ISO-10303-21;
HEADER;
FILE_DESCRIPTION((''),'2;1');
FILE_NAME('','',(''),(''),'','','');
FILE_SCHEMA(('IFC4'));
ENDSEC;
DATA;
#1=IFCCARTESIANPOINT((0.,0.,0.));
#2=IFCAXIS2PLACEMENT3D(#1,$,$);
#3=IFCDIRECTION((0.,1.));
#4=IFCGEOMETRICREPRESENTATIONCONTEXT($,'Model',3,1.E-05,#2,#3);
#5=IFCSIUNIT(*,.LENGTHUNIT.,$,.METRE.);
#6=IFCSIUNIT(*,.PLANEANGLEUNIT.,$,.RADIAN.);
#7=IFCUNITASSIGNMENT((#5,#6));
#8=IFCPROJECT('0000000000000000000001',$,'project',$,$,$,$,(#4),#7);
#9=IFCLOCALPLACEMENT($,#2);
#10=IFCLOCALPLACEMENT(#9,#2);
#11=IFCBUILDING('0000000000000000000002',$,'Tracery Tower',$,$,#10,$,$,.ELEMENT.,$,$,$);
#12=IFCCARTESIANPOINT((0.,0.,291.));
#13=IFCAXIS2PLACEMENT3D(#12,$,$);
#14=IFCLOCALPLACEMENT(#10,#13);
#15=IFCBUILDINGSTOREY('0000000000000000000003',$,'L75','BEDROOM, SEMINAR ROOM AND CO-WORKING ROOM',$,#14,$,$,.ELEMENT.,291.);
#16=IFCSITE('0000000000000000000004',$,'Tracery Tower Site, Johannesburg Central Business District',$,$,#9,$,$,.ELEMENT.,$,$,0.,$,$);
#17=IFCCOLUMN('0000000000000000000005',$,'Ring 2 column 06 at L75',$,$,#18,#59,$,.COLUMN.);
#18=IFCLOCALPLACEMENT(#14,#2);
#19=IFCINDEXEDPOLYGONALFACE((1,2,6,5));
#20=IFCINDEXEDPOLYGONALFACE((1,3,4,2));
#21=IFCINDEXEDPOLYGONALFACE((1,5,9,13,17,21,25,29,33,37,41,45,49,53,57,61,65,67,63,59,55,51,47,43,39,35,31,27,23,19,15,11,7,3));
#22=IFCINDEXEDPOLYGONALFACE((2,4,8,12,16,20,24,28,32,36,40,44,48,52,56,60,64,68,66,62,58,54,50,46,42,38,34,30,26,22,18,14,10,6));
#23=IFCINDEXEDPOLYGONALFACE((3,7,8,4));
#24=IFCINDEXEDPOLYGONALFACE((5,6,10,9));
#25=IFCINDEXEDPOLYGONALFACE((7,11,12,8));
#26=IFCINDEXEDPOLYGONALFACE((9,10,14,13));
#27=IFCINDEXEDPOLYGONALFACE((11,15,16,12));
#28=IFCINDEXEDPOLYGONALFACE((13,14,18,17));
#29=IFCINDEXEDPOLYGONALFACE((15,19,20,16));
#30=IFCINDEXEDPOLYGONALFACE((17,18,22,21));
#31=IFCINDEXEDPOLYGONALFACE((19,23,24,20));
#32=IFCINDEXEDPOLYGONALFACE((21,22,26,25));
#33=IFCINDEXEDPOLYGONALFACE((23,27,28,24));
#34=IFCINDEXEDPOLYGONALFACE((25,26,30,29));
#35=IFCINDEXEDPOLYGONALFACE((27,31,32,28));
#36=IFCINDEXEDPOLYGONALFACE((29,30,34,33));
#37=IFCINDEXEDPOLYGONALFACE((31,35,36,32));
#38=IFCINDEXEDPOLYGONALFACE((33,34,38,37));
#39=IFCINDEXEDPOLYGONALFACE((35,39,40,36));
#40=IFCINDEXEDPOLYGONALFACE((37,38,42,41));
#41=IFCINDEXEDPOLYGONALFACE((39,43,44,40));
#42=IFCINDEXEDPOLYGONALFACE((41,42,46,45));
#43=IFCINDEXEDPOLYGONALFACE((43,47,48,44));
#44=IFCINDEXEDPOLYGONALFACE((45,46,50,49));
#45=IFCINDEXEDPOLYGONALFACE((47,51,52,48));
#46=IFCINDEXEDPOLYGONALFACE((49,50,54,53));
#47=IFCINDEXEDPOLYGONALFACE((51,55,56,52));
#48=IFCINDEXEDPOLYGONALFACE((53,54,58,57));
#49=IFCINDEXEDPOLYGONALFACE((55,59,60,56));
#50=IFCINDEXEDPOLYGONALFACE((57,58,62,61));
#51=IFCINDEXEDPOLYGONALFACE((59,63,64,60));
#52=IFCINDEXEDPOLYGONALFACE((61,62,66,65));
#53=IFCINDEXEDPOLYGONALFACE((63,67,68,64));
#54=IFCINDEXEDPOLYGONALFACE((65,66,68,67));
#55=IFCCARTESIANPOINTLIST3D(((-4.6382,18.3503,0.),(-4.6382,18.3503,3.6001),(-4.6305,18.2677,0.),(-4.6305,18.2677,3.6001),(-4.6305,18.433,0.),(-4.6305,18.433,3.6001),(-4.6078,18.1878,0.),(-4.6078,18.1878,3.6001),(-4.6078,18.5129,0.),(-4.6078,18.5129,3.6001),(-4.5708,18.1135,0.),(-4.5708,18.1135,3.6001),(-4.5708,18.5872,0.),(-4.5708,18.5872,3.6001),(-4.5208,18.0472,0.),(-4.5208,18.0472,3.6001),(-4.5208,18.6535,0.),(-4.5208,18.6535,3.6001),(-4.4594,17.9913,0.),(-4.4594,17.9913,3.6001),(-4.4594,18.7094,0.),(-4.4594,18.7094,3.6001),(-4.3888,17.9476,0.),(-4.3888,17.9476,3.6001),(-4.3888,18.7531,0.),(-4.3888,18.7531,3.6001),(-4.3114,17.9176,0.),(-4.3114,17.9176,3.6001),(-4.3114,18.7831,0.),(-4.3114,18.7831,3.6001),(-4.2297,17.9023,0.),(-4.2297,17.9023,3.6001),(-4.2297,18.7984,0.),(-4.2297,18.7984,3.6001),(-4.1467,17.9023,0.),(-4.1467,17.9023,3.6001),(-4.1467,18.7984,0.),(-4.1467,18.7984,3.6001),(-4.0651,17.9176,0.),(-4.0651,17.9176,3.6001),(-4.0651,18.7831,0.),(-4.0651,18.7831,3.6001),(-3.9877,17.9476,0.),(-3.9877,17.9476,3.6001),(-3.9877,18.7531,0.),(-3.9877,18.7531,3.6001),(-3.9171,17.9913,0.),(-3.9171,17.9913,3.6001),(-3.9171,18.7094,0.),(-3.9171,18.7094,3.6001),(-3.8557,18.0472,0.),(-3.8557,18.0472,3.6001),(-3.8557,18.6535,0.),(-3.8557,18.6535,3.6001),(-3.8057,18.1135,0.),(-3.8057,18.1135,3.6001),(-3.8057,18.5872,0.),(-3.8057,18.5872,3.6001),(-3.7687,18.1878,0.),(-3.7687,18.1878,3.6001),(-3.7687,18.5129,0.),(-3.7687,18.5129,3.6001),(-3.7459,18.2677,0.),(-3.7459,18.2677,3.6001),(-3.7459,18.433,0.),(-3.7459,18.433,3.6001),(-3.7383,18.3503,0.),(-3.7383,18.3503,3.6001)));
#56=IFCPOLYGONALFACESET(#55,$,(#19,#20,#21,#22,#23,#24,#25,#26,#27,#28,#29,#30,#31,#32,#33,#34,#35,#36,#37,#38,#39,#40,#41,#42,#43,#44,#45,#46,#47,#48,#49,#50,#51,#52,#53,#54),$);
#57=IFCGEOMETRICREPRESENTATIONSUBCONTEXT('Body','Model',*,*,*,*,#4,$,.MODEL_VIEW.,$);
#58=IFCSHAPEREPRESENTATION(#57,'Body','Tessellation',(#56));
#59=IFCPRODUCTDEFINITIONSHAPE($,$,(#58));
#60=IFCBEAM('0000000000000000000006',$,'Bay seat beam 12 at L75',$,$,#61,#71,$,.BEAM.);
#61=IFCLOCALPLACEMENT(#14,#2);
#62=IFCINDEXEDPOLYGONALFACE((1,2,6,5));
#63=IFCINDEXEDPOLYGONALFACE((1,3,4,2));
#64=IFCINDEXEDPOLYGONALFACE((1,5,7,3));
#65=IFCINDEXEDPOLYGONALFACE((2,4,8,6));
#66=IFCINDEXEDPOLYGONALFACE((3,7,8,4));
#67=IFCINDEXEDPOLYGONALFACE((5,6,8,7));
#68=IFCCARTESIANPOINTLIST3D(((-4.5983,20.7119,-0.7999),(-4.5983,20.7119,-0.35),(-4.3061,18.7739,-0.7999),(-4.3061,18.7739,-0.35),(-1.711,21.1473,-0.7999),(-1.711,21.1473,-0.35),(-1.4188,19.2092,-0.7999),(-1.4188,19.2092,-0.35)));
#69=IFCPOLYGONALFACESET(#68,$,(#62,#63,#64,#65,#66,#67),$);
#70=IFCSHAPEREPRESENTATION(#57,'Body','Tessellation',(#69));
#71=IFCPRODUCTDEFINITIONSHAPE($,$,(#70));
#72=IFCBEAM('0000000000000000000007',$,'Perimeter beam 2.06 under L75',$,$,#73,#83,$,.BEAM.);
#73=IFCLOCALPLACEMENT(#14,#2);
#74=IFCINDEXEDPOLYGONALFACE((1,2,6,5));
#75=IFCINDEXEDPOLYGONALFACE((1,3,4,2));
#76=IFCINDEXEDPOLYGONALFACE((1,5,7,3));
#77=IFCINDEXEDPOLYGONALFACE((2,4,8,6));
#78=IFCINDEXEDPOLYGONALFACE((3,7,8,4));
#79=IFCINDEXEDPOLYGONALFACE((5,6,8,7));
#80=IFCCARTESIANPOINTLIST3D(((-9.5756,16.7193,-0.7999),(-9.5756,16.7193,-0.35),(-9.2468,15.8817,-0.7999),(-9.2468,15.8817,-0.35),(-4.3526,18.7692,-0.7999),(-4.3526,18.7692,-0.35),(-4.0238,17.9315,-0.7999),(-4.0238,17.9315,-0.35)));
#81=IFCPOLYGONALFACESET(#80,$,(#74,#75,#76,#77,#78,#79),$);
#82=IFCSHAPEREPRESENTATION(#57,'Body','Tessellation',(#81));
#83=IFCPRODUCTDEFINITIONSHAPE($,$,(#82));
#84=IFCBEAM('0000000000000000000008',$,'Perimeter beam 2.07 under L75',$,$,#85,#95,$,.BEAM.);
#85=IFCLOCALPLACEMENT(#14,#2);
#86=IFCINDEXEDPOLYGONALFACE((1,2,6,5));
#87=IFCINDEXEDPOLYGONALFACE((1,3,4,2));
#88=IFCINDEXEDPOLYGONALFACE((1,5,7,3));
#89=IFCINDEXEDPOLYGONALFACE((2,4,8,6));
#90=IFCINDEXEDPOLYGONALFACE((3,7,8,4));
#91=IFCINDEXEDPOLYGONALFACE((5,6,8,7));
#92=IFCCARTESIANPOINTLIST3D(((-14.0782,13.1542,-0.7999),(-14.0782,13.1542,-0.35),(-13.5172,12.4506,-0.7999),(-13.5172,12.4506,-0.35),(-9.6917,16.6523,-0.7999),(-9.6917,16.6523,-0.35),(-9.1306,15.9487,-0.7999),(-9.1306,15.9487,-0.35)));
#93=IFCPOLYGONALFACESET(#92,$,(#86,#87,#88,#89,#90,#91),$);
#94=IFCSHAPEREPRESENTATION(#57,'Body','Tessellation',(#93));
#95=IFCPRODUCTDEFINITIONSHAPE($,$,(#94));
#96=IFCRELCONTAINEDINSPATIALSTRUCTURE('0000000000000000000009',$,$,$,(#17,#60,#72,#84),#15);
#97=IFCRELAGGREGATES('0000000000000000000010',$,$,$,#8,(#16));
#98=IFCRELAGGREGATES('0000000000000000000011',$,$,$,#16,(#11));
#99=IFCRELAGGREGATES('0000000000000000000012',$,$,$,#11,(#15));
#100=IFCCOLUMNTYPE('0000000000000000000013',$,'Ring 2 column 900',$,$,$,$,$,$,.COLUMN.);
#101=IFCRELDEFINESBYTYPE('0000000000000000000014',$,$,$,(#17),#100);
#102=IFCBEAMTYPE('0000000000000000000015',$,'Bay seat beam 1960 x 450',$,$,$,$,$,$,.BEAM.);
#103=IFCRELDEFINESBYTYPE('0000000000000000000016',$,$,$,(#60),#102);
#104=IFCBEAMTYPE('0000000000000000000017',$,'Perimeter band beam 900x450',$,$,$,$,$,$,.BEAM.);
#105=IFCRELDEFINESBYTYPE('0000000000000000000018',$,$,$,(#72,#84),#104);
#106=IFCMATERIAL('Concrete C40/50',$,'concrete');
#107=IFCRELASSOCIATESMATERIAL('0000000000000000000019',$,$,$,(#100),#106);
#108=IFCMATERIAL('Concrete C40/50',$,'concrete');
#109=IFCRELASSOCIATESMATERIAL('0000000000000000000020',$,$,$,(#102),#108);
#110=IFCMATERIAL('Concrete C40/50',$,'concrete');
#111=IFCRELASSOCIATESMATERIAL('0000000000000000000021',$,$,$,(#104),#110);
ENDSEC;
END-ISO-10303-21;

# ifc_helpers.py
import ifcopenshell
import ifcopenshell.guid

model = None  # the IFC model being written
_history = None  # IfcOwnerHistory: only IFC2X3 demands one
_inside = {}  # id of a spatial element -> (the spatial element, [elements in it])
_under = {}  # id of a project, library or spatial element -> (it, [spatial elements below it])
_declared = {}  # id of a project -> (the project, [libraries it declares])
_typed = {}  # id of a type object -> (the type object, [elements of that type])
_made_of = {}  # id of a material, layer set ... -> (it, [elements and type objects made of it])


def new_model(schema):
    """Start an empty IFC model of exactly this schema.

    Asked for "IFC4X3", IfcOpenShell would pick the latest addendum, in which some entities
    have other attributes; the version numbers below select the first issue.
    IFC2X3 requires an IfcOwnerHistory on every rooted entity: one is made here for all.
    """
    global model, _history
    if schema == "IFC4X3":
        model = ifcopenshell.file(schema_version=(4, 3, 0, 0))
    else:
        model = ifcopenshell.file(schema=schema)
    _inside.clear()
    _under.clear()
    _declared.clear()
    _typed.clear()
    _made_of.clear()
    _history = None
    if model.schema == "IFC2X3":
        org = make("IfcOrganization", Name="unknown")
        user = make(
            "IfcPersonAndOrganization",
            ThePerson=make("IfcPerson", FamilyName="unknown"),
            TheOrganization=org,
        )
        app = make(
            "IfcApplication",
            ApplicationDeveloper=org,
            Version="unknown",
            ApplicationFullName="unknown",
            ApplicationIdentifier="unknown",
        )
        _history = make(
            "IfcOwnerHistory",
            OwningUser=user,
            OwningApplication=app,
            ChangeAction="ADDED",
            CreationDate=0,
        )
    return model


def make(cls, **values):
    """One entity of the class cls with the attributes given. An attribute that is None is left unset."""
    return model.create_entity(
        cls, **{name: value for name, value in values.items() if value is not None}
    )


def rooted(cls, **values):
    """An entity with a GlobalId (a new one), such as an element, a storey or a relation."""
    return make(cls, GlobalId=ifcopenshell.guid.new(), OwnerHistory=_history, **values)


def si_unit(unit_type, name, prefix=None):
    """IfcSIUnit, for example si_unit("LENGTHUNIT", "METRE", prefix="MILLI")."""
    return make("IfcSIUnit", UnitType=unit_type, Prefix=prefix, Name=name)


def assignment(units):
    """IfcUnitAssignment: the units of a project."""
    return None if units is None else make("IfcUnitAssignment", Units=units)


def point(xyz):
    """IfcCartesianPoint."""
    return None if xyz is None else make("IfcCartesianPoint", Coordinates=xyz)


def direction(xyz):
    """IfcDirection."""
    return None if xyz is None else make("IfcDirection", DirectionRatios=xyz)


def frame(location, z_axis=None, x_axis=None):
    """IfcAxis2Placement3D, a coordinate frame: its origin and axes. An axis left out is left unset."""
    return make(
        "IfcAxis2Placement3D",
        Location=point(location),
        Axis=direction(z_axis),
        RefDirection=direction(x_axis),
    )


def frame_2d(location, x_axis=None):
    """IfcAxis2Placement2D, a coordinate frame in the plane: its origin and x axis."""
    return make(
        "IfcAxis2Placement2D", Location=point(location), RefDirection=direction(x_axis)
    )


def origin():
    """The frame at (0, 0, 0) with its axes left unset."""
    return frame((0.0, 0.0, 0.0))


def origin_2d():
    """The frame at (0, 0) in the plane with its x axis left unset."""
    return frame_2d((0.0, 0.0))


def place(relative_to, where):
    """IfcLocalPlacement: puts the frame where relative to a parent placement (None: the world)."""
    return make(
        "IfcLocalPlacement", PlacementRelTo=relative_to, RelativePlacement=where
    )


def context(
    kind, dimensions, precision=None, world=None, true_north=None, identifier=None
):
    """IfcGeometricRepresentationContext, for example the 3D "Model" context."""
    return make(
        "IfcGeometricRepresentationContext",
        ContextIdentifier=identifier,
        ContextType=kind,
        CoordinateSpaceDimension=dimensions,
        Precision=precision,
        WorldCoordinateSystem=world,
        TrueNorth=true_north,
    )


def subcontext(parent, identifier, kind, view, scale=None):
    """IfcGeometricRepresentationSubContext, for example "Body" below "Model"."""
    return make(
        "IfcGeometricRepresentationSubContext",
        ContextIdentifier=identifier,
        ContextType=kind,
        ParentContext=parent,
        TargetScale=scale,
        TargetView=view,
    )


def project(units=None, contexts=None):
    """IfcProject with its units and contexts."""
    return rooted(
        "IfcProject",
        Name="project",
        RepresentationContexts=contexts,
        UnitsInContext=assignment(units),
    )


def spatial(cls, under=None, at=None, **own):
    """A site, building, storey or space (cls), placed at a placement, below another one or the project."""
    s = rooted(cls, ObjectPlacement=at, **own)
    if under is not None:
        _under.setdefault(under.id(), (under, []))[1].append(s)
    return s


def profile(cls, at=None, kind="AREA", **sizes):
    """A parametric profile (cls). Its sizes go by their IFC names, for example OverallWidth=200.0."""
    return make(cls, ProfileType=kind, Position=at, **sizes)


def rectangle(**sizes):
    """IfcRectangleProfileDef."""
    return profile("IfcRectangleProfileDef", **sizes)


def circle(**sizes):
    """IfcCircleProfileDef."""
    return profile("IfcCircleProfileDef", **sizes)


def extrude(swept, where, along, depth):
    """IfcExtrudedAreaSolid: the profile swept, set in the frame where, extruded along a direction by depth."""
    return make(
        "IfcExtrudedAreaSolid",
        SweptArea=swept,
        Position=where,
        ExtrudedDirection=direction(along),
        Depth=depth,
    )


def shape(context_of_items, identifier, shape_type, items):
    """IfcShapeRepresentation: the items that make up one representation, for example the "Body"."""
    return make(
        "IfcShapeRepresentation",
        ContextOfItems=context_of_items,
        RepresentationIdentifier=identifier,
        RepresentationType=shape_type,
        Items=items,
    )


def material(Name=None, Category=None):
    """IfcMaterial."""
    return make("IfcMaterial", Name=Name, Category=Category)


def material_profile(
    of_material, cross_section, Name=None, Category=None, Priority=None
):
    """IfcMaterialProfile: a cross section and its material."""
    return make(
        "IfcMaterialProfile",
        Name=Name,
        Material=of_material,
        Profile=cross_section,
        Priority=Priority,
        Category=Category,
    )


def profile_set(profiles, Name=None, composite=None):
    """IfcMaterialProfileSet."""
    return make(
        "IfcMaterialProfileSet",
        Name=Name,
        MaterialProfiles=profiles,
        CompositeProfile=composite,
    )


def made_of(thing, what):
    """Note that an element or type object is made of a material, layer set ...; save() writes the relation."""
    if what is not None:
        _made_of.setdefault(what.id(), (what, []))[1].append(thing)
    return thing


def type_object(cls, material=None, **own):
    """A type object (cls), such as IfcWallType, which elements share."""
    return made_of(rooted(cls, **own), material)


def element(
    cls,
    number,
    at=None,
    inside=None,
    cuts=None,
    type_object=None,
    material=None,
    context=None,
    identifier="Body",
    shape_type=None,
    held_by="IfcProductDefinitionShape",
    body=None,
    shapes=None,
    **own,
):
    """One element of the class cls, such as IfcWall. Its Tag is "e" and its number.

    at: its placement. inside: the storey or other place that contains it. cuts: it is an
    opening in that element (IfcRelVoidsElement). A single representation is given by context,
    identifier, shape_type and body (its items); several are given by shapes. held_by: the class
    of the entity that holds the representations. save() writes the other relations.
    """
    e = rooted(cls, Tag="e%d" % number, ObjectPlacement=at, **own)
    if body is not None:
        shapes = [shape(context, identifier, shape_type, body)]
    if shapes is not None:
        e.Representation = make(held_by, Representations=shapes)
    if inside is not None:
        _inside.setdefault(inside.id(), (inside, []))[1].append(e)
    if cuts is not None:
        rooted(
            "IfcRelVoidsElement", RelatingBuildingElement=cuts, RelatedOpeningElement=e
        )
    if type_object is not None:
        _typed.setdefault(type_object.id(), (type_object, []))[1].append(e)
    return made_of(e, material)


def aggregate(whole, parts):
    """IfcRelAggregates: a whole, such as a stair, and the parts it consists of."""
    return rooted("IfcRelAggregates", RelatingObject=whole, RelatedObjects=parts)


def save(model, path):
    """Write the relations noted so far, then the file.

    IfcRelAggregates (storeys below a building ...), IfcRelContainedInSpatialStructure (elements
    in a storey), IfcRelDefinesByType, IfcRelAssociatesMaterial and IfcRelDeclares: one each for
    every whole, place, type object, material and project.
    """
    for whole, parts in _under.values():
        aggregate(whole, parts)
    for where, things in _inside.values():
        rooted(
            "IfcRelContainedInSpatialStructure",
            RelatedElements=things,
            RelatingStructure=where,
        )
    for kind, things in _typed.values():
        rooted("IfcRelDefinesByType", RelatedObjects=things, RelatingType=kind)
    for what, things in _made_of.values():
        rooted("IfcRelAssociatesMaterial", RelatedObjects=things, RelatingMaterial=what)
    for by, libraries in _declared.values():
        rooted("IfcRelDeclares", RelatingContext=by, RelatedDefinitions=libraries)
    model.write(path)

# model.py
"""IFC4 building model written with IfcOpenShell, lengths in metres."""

from ifc_helpers import new_model, si_unit, direction, frame, origin, origin_2d, place, context, subcontext, project, spatial, rectangle, circle, extrude, material, material_profile, profile_set, type_object, element, save


model = new_model("IFC4")

# Units and contexts
model_context = context("Model", 3, precision=1e-05, world=origin(), true_north=direction((0.0, 1.0)))
body_context = subcontext(model_context, "Body", "Model", "MODEL_VIEW")
ifc_project = project(units=[si_unit("LENGTHUNIT", "METRE"), si_unit("PLANEANGLEUNIT", "RADIAN")], contexts=[model_context])

# Site, building, storey
site_placement = place(None, origin())
site = spatial("IfcSite", under=ifc_project, at=site_placement, Name="Tracery Tower Site, Johannesburg Central Business District", CompositionType="ELEMENT", RefElevation=0.0)
building_placement = place(site_placement, origin())
building = spatial("IfcBuilding", under=site, at=building_placement, Name="Tracery Tower", CompositionType="ELEMENT")
storey_placement = place(building_placement, frame((0.0, 0.0, 291.0)))
storey = spatial("IfcBuildingStorey", under=building, at=storey_placement, Name="L75", Description="BEDROOM, SEMINAR ROOM AND CO-WORKING ROOM", CompositionType="ELEMENT", Elevation=291.0)

# Column
ifc_material_1 = material(Name="Concrete C40/50", Category="concrete")
ifc_material_profile_1 = material_profile(ifc_material_1, circle(Radius=0.45, at=origin_2d()), Name="RC D900")
ifc_profile_set_1 = profile_set([ifc_material_profile_1], Name="Concrete C40/50")
column_type = type_object("IfcColumnType", Name="Ring 2 column 900", PredefinedType="COLUMN", material=ifc_profile_set_1)
column_placement = place(storey_placement, frame((-4.1882, 18.3503, 0.0), z_axis=(0.0, 0.0, 1.0), x_axis=(1.0, 0.0, 0.0)))
element("IfcColumn", 1, at=column_placement, inside=storey, type_object=column_type, Name="Ring 2 column 06 at L75", PredefinedType="COLUMN", context=body_context, shape_type="SweptSolid", body=[
    extrude(circle(Radius=0.45, at=origin_2d()), origin(), (0.0, 0.0, 1.0), 3.6001),
])

# Beams
ifc_material_2 = material(Name="Concrete C40/50", Category="concrete")
ifc_material_profile_2 = material_profile(ifc_material_2, rectangle(XDim=1.96, YDim=0.45, at=origin_2d()), Name="RC 1960x450")
ifc_profile_set_2 = profile_set([ifc_material_profile_2], Name="Concrete C40/50")
beam_type_1 = type_object("IfcBeamType", Name="Bay seat beam 1960 x 450", PredefinedType="BEAM", material=ifc_profile_set_2)
beam_1_placement = place(storey_placement, frame((-1.5649, 20.1782, -0.575), z_axis=(-0.988824, -0.149085, 0.0), x_axis=(0.149085, -0.988824, 0.0)))
element("IfcBeam", 2, at=beam_1_placement, inside=storey, type_object=beam_type_1, Name="Bay seat beam 12 at L75", PredefinedType="BEAM", context=body_context, shape_type="SweptSolid", body=[
    extrude(rectangle(XDim=1.96, YDim=0.45, at=origin_2d()), origin(), (0.0, 0.0, 1.0), 2.9199),
])
ifc_material_3 = material(Name="Concrete C40/50", Category="concrete")
ifc_material_profile_3 = material_profile(ifc_material_3, rectangle(XDim=0.8999, YDim=0.45, at=origin_2d()), Name="RC 900x450")
ifc_profile_set_3 = profile_set([ifc_material_profile_3], Name="Concrete C40/50")
beam_type_2 = type_object("IfcBeamType", Name="Perimeter band beam 900x450", PredefinedType="BEAM", material=ifc_profile_set_3)
beam_2_placement = place(storey_placement, frame((-4.1882, 18.3503, -0.575), z_axis=(-0.930876, -0.365336, 0.0), x_axis=(0.365336, -0.930876, 0.0)))
element("IfcBeam", 3, at=beam_2_placement, inside=storey, type_object=beam_type_2, Name="Perimeter beam 2.06 under L75", PredefinedType="BEAM", context=body_context, shape_type="SweptSolid", body=[
    extrude(rectangle(XDim=0.8999, YDim=0.45, at=origin_2d()), origin(), (0.0, 0.0, 1.0), 5.6108),
])
beam_3_placement = place(storey_placement, frame((-9.4111, 16.3005, -0.575), z_axis=(-0.781836, -0.623484, 0.0), x_axis=(0.623484, -0.781836, 0.0)))
element("IfcBeam", 4, at=beam_3_placement, inside=storey, type_object=beam_type_2, Name="Perimeter beam 2.07 under L75", PredefinedType="BEAM", context=body_context, shape_type="SweptSolid", body=[
    extrude(rectangle(XDim=0.8999, YDim=0.45, at=origin_2d()), origin(), (0.0, 0.0, 1.0), 5.6106),
])

save(model, "model.ifc")
